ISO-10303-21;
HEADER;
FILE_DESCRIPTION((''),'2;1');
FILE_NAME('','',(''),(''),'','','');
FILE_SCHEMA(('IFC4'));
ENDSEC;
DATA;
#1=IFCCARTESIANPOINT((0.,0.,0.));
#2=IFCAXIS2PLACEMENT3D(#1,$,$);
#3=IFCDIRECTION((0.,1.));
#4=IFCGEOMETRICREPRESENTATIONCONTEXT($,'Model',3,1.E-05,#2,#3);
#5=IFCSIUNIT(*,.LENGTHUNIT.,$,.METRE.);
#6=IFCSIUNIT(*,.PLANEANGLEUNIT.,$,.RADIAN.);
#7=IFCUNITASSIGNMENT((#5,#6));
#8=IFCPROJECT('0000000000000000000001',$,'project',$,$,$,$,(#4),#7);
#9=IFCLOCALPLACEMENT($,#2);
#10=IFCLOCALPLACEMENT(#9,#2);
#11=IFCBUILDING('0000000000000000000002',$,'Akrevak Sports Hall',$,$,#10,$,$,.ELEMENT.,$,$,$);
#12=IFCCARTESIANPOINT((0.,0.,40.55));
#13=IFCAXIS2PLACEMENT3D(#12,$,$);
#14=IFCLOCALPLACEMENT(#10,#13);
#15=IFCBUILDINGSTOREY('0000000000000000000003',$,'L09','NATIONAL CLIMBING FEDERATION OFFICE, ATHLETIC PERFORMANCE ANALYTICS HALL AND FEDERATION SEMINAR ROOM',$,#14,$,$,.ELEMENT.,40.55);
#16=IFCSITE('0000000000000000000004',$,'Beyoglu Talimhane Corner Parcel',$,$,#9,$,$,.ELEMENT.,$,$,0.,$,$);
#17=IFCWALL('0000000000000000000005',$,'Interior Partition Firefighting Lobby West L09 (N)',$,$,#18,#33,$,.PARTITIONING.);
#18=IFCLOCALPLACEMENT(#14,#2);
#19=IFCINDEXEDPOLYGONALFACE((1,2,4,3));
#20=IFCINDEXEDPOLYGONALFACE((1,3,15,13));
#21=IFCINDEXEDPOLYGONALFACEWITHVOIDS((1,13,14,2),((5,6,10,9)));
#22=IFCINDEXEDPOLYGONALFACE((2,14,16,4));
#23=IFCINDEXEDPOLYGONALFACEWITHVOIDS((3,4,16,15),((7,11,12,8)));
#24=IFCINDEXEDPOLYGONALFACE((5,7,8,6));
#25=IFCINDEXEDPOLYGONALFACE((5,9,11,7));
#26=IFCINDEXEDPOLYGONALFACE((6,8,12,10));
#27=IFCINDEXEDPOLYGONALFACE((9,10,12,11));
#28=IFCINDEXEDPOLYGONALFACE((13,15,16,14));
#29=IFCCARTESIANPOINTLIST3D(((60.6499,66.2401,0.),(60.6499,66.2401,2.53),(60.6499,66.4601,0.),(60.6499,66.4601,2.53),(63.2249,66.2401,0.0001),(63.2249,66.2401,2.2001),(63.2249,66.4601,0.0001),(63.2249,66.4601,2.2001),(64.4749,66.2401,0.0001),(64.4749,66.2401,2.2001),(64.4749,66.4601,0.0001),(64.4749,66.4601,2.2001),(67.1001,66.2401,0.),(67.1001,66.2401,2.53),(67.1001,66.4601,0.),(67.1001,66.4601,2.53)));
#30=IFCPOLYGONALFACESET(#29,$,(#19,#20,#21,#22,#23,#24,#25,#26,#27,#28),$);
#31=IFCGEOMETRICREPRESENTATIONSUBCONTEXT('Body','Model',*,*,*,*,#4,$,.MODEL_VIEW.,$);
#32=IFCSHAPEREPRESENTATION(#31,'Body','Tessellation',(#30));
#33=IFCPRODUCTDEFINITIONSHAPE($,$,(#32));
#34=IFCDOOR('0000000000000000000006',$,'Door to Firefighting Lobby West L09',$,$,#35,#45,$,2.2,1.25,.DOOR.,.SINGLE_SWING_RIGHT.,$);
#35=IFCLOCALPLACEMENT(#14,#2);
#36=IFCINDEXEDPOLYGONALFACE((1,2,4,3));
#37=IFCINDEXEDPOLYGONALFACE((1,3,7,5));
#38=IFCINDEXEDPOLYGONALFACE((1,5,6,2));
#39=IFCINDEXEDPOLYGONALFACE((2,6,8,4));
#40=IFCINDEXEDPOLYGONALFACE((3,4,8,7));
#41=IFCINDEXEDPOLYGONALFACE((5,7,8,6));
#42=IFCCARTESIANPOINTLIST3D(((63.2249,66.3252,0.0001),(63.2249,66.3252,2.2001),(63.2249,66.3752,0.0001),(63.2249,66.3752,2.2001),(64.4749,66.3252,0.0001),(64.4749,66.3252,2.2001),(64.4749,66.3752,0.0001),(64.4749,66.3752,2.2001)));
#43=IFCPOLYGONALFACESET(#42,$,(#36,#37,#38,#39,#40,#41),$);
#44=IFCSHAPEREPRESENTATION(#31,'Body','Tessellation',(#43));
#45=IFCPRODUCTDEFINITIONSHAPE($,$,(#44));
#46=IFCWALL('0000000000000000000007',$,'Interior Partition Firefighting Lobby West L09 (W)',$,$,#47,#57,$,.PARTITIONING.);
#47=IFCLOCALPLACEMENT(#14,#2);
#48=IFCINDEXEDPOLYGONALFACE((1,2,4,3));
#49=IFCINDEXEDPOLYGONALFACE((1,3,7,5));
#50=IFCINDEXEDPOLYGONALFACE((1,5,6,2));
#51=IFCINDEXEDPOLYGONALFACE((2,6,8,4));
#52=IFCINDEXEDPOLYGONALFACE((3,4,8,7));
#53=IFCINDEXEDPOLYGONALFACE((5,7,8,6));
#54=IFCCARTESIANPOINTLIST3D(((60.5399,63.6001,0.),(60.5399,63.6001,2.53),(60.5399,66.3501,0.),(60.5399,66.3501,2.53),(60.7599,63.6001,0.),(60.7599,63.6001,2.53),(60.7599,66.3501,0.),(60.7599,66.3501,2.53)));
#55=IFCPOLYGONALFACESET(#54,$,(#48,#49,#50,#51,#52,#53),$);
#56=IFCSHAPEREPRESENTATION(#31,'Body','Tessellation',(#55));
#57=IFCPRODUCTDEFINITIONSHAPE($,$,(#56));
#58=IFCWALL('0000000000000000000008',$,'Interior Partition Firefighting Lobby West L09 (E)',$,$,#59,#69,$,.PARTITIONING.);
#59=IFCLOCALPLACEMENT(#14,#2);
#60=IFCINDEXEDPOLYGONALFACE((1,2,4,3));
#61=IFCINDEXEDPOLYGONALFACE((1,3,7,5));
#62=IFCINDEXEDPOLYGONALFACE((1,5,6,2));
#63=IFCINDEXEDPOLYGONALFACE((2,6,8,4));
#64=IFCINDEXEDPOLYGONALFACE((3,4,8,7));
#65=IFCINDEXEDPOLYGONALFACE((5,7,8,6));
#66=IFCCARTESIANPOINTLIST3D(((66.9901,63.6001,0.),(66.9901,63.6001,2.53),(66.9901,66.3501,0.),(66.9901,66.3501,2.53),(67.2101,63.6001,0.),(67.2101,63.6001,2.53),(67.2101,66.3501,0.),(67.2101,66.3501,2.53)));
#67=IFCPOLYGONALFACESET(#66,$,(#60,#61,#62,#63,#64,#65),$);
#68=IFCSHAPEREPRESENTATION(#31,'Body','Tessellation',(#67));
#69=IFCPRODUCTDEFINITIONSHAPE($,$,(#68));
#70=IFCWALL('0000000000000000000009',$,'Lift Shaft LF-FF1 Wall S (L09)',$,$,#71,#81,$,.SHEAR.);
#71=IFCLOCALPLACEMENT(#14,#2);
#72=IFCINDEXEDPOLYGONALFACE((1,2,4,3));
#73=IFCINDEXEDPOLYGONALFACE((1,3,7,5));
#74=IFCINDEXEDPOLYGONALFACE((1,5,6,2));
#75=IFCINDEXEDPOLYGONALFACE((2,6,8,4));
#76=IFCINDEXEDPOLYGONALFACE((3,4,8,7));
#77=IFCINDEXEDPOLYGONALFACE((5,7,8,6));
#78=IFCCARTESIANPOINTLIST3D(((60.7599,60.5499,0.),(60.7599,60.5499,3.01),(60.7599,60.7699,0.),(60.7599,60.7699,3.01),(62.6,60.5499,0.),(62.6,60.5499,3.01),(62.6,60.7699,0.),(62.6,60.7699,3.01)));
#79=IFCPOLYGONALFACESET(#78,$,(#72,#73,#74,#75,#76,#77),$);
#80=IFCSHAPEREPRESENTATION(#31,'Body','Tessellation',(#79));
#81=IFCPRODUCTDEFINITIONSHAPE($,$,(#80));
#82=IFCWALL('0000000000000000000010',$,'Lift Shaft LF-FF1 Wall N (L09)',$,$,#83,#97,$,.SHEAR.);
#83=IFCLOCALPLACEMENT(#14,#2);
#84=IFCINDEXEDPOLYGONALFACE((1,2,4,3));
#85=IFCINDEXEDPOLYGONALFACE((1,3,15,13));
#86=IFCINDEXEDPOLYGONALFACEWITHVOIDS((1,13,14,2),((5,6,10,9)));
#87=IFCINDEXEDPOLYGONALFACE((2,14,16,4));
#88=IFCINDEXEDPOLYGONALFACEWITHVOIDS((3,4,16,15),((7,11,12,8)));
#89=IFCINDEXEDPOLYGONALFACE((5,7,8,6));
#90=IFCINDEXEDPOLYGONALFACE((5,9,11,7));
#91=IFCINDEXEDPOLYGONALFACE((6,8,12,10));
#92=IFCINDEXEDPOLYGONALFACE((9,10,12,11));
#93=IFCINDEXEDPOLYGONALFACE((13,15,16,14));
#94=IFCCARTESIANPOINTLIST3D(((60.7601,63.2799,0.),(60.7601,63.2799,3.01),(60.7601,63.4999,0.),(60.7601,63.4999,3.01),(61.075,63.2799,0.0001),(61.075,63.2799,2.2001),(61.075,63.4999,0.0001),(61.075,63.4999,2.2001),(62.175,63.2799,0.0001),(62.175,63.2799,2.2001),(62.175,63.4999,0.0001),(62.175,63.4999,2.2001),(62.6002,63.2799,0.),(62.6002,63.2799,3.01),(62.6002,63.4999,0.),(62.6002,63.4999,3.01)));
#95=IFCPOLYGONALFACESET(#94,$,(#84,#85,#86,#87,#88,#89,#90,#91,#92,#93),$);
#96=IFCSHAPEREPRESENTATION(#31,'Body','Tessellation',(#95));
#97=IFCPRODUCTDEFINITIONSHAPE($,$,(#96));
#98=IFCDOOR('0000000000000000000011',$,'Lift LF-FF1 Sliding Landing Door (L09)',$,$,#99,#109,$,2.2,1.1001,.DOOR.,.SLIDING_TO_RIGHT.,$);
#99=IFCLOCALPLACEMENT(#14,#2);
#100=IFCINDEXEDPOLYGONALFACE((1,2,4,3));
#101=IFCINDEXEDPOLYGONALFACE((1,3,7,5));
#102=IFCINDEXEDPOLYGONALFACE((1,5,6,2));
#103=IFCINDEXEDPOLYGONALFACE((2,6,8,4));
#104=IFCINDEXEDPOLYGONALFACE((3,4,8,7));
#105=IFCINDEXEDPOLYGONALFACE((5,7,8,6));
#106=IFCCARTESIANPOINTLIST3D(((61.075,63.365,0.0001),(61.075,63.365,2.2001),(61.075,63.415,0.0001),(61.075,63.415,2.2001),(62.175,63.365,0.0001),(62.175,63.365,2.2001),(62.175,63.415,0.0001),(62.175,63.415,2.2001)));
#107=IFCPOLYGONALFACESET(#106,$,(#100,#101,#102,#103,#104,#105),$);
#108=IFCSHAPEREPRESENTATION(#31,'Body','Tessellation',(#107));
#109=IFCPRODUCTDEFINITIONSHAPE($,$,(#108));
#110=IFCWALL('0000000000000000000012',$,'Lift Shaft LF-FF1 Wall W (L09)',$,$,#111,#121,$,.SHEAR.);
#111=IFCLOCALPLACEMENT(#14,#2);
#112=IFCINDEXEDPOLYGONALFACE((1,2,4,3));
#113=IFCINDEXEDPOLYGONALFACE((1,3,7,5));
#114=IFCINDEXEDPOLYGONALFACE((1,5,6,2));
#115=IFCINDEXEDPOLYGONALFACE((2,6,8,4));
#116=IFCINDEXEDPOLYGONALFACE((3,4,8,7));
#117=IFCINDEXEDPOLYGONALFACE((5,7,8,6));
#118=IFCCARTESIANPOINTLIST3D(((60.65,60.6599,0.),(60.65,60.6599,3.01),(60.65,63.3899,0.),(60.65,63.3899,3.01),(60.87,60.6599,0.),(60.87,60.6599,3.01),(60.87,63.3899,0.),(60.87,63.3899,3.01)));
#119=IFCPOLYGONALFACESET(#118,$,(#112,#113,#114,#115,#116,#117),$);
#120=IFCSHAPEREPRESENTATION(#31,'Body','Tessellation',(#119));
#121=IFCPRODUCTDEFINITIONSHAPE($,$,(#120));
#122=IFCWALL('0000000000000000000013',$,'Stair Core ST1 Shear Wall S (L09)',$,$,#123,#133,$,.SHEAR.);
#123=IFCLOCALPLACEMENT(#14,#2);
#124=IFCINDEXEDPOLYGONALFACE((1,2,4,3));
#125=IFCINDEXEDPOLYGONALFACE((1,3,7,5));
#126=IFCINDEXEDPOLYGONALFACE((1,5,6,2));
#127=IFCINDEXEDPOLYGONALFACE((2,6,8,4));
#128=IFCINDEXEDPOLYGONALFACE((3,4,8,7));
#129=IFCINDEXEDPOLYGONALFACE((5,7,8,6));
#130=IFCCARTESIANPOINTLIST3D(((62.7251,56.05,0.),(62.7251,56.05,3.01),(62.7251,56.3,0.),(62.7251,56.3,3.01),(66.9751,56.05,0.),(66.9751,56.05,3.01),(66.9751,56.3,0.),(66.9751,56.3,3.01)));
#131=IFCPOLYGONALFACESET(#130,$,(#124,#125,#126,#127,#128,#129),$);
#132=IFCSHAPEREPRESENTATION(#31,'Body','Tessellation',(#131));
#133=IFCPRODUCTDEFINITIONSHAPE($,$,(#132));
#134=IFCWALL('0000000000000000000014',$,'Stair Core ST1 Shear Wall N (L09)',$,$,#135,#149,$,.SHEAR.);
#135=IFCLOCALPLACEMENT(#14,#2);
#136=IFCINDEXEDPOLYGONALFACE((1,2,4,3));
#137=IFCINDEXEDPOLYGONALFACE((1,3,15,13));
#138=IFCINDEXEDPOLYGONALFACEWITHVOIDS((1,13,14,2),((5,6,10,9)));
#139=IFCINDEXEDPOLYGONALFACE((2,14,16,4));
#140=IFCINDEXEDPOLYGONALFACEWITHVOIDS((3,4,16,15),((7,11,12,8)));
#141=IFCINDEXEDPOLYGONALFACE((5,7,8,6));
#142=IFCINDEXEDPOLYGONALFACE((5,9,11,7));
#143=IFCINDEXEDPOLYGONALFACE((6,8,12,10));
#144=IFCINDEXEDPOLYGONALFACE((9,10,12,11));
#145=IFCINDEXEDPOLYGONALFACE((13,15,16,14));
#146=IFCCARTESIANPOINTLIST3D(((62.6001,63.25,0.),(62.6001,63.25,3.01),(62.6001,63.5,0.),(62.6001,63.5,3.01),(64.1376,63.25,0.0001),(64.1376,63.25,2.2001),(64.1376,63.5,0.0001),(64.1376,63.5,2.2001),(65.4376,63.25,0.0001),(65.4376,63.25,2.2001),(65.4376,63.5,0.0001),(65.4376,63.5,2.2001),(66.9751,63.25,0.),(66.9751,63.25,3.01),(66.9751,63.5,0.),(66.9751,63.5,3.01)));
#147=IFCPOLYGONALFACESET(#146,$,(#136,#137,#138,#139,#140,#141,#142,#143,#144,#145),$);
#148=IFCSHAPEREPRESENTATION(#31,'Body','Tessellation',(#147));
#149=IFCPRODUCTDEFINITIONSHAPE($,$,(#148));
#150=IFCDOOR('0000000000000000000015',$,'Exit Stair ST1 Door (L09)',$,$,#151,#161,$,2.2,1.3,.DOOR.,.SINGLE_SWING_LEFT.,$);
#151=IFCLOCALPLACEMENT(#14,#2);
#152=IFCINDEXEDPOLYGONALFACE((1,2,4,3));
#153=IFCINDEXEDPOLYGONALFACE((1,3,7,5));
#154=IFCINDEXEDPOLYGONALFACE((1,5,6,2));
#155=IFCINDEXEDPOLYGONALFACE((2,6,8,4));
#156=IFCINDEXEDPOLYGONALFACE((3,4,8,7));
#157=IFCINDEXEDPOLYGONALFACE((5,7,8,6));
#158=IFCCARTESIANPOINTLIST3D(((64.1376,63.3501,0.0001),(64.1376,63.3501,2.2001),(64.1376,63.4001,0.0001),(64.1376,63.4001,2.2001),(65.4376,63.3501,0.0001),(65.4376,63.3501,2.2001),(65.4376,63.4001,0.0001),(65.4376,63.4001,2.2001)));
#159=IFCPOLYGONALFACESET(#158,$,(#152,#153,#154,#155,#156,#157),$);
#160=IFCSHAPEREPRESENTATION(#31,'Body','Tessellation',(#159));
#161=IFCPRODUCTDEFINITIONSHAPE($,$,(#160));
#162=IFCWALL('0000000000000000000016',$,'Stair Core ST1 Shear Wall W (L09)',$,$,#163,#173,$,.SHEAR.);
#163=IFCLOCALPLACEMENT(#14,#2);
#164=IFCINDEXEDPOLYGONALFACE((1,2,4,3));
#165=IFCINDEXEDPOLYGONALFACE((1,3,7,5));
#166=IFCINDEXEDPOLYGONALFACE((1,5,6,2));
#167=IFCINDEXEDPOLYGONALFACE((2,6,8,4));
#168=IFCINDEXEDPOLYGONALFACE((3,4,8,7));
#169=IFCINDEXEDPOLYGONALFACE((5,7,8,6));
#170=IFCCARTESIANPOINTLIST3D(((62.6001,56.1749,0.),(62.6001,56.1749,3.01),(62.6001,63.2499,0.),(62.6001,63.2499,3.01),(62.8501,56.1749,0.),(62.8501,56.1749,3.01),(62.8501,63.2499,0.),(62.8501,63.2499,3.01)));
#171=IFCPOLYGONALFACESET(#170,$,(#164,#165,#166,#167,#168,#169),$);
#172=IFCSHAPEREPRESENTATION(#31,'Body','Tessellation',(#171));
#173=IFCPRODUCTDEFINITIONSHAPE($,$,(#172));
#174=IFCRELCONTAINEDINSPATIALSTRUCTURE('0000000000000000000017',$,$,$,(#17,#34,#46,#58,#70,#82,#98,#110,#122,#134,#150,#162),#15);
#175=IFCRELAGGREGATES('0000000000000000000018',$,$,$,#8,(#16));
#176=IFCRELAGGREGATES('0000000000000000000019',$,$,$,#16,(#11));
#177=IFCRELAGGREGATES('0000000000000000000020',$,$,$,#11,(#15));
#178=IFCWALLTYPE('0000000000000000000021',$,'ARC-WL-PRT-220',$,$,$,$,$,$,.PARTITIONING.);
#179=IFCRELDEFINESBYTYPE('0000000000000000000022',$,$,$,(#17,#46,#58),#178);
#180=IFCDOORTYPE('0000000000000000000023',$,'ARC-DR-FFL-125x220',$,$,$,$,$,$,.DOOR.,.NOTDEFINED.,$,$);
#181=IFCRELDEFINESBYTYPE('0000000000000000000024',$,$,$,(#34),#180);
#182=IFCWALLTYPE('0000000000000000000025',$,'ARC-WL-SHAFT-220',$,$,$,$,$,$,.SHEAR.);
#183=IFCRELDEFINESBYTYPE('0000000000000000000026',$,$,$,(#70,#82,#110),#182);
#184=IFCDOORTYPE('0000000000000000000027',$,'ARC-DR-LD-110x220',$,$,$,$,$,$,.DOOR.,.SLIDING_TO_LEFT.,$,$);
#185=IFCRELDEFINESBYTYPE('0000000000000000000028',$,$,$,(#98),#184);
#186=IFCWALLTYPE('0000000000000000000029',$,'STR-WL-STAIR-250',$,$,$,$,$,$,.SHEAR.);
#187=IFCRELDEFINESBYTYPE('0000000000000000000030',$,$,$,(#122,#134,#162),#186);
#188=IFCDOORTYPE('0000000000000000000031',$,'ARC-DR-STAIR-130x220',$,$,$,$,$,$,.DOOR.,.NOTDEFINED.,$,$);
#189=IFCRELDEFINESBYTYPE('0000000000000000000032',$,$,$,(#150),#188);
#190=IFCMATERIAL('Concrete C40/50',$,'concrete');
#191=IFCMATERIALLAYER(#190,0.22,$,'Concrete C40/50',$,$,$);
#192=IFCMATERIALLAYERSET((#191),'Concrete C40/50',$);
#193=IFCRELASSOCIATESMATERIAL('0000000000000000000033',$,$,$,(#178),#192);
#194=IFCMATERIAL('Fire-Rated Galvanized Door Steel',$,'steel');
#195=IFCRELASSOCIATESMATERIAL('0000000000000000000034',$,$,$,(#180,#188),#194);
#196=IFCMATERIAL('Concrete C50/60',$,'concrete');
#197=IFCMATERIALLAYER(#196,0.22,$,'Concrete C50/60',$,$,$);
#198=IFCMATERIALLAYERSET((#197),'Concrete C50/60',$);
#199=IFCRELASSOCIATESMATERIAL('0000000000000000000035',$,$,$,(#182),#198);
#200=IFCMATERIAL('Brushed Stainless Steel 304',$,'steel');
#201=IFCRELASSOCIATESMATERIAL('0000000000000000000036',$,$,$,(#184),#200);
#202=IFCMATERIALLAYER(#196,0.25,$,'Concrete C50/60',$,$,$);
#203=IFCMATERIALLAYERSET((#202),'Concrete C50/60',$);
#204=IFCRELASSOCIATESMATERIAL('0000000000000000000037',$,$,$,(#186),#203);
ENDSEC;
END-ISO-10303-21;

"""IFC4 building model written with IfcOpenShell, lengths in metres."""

from ifc_helpers import new_model, si_unit, direction, frame, frame_2d, origin, place, context, subcontext, project, spatial, rectangle, extrude, material, layer, layer_set, type_object, element, fill, save


model = new_model("IFC4")

# Units and contexts
model_context = context("Model", 3, precision=1e-05, world=origin(), true_north=direction((0.0, 1.0)))
body_context = subcontext(model_context, "Body", "Model", "MODEL_VIEW")
ifc_project = project(units=[si_unit("LENGTHUNIT", "METRE"), si_unit("PLANEANGLEUNIT", "RADIAN")], contexts=[model_context])

# Site, building, storey
site_placement = place(None, origin())
site = spatial("IfcSite", under=ifc_project, at=site_placement, Name="Beyoglu Talimhane Corner Parcel", CompositionType="ELEMENT", RefElevation=0.0)
building_placement = place(site_placement, origin())
building = spatial("IfcBuilding", under=site, at=building_placement, Name="Akrevak Sports Hall", CompositionType="ELEMENT")
storey_placement = place(building_placement, frame((0.0, 0.0, 40.55)))
storey = spatial("IfcBuildingStorey", under=building, at=storey_placement, Name="L09", Description="NATIONAL CLIMBING FEDERATION OFFICE, ATHLETIC PERFORMANCE ANALYTICS HALL AND FEDERATION SEMINAR ROOM", CompositionType="ELEMENT", Elevation=40.55)

# Shared definitions
ifc_material_1 = material(Name="Concrete C40/50", Category="concrete")

# Shared definitions
ifc_layer_1 = layer(ifc_material_1, 0.22, Name="Concrete C40/50")
ifc_layer_set_1 = layer_set([ifc_layer_1], Name="Concrete C40/50")
wall_type_1 = type_object("IfcWallType", Name="ARC-WL-PRT-220", PredefinedType="PARTITIONING", material=ifc_layer_set_1)

# Wall, opening, door
wall_1_placement = place(storey_placement, frame((60.6499, 66.3501, 0.0), z_axis=(0.0, 0.0, 1.0), x_axis=(1.0, 0.0, 0.0)))
wall_1 = element("IfcWall", 1, at=wall_1_placement, inside=storey, type_object=wall_type_1, Name="Interior Partition Firefighting Lobby West L09 (N)", PredefinedType="PARTITIONING", context=body_context, shape_type="SweptSolid", body=[
    extrude(rectangle(XDim=6.4502, YDim=0.22, at=frame_2d((3.2251, 0.0))), origin(), (0.0, 0.0, 1.0), 2.53),
])
opening_1_placement = place(wall_1_placement, frame((2.575, 0.0, 0.0)))
opening_1 = element("IfcOpeningElement", 2, at=opening_1_placement, cuts=wall_1, PredefinedType="OPENING", context=body_context, shape_type="SweptSolid", body=[
    extrude(rectangle(XDim=1.25, YDim=2.2, at=frame_2d((0.625, 1.1001))), frame((0.0, 0.1221, 0.0), z_axis=(0.0, -1.0, 0.0), x_axis=(1.0, 0.0, 0.0)), (0.0, 0.0, 1.0), 0.2439),
])
ifc_material_2 = material(Name="Fire-Rated Galvanized Door Steel", Category="steel")
door_type_1 = type_object("IfcDoorType", Name="ARC-DR-FFL-125x220", OperationType="NOTDEFINED", PredefinedType="DOOR", material=ifc_material_2)
door_1_placement = place(opening_1_placement, frame((1.25, 0.0, 0.0), z_axis=(0.0, 0.0, 1.0), x_axis=(-1.0, 0.0, 0.0)))
door_1 = element("IfcDoor", 3, at=door_1_placement, inside=storey, type_object=door_type_1, Name="Door to Firefighting Lobby West L09", OperationType="SINGLE_SWING_RIGHT", OverallHeight=2.2, OverallWidth=1.25, PredefinedType="DOOR", context=body_context, shape_type="SweptSolid", body=[
    extrude(rectangle(XDim=1.25, YDim=2.2, at=frame_2d((0.625, 1.1001))), frame((0.0, 0.0249, 0.0), z_axis=(0.0, -1.0, 0.0), x_axis=(1.0, 0.0, 0.0)), (0.0, 0.0, 1.0), 0.05),
])
fill(opening_1, door_1)

# Walls
for number, where, z_axis, x_axis, name in (
    (4, (60.6499, 63.6001, 0.0), (0.0, 0.0, 1.0), (0.0, 1.0, 0.0), "Interior Partition Firefighting Lobby West L09 (W)"),
    (5, (67.1001, 63.6001, 0.0), (0.0, 0.0, 1.0), (0.0, 1.0, 0.0), "Interior Partition Firefighting Lobby West L09 (E)"),
):
    element("IfcWall", number, at=place(storey_placement, frame(where, z_axis=z_axis, x_axis=x_axis)), inside=storey, type_object=wall_type_1, Name=name, PredefinedType="PARTITIONING", context=body_context, shape_type="SweptSolid", body=[
        extrude(rectangle(XDim=2.75, YDim=0.22, at=frame_2d((1.375, 0.0))), origin(), (0.0, 0.0, 1.0), 2.53),
    ])
ifc_material_3 = material(Name="Concrete C50/60", Category="concrete")
ifc_layer_2 = layer(ifc_material_3, 0.22, Name="Concrete C50/60")
ifc_layer_set_2 = layer_set([ifc_layer_2], Name="Concrete C50/60")
wall_type_2 = type_object("IfcWallType", Name="ARC-WL-SHAFT-220", PredefinedType="SHEAR", material=ifc_layer_set_2)
wall_2_placement = place(storey_placement, frame((60.76, 60.6599, 0.0), z_axis=(0.0, 0.0, 1.0), x_axis=(1.0, 0.0, 0.0)))
element("IfcWall", 6, at=wall_2_placement, inside=storey, type_object=wall_type_2, Name="Lift Shaft LF-FF1 Wall S (L09)", PredefinedType="SHEAR", context=body_context, shape_type="SweptSolid", body=[
    extrude(rectangle(XDim=1.8401, YDim=0.22, at=frame_2d((0.9199, 0.0))), origin(), (0.0, 0.0, 1.0), 3.01),
])

# Wall, opening, door
wall_3_placement = place(storey_placement, frame((62.6001, 63.3899, 0.0), z_axis=(0.0, 0.0, 1.0), x_axis=(-1.0, 0.0, 0.0)))
wall_3 = element("IfcWall", 7, at=wall_3_placement, inside=storey, type_object=wall_type_2, Name="Lift Shaft LF-FF1 Wall N (L09)", PredefinedType="SHEAR", context=body_context, shape_type="SweptSolid", body=[
    extrude(rectangle(XDim=1.8401, YDim=0.22, at=frame_2d((0.9199, 0.0))), origin(), (0.0, 0.0, 1.0), 3.01),
])
opening_2_placement = place(wall_3_placement, frame((0.425, 0.0, 0.0)))
opening_2 = element("IfcOpeningElement", 8, at=opening_2_placement, cuts=wall_3, PredefinedType="OPENING", context=body_context, shape_type="SweptSolid", body=[
    extrude(rectangle(XDim=1.1001, YDim=2.2, at=frame_2d((0.55, 1.1001))), frame((0.0, 0.1221, 0.0), z_axis=(0.0, -1.0, 0.0), x_axis=(1.0, 0.0, 0.0)), (0.0, 0.0, 1.0), 0.2439),
])
ifc_material_4 = material(Name="Brushed Stainless Steel 304", Category="steel")
door_type_2 = type_object("IfcDoorType", Name="ARC-DR-LD-110x220", OperationType="SLIDING_TO_LEFT", PredefinedType="DOOR", material=ifc_material_4)
door_2_placement = place(opening_2_placement, origin())
door_2 = element("IfcDoor", 9, at=door_2_placement, inside=storey, type_object=door_type_2, Name="Lift LF-FF1 Sliding Landing Door (L09)", OperationType="SLIDING_TO_RIGHT", OverallHeight=2.2, OverallWidth=1.1001, PredefinedType="DOOR", context=body_context, shape_type="SweptSolid", body=[
    extrude(rectangle(XDim=1.1001, YDim=2.2, at=frame_2d((0.55, 1.1001))), frame((0.0, 0.0249, 0.0), z_axis=(0.0, -1.0, 0.0), x_axis=(1.0, 0.0, 0.0)), (0.0, 0.0, 1.0), 0.05),
])
fill(opening_2, door_2)

# Walls
wall_4_placement = place(storey_placement, frame((60.76, 63.3899, 0.0), z_axis=(0.0, 0.0, 1.0), x_axis=(0.0, -1.0, 0.0)))
element("IfcWall", 10, at=wall_4_placement, inside=storey, type_object=wall_type_2, Name="Lift Shaft LF-FF1 Wall W (L09)", PredefinedType="SHEAR", context=body_context, shape_type="SweptSolid", body=[
    extrude(rectangle(XDim=2.73, YDim=0.22, at=frame_2d((1.365, 0.0))), origin(), (0.0, 0.0, 1.0), 3.01),
])
ifc_layer_3 = layer(ifc_material_3, 0.25, Name="Concrete C50/60")
ifc_layer_set_3 = layer_set([ifc_layer_3], Name="Concrete C50/60")
wall_type_3 = type_object("IfcWallType", Name="STR-WL-STAIR-250", PredefinedType="SHEAR", material=ifc_layer_set_3)
wall_5_placement = place(storey_placement, frame((62.7251, 56.175, 0.0), z_axis=(0.0, 0.0, 1.0), x_axis=(1.0, 0.0, 0.0)))
element("IfcWall", 11, at=wall_5_placement, inside=storey, type_object=wall_type_3, Name="Stair Core ST1 Shear Wall S (L09)", PredefinedType="SHEAR", context=body_context, shape_type="SweptSolid", body=[
    extrude(rectangle(XDim=4.25, YDim=0.25, at=frame_2d((2.125, 0.0))), origin(), (0.0, 0.0, 1.0), 3.01),
])

# Wall, opening, door
wall_6_placement = place(storey_placement, frame((66.9751, 63.375, 0.0), z_axis=(0.0, 0.0, 1.0), x_axis=(-1.0, 0.0, 0.0)))
wall_6 = element("IfcWall", 12, at=wall_6_placement, inside=storey, type_object=wall_type_3, Name="Stair Core ST1 Shear Wall N (L09)", PredefinedType="SHEAR", context=body_context, shape_type="SweptSolid", body=[
    extrude(rectangle(XDim=4.375, YDim=0.25, at=frame_2d((2.1875, 0.0))), origin(), (0.0, 0.0, 1.0), 3.01),
])
opening_3_placement = place(wall_6_placement, frame((1.5376, 0.0, 0.0)))
opening_3 = element("IfcOpeningElement", 13, at=opening_3_placement, cuts=wall_6, PredefinedType="OPENING", context=body_context, shape_type="SweptSolid", body=[
    extrude(rectangle(XDim=1.3, YDim=2.2, at=frame_2d((0.6499, 1.1001))), frame((0.0, 0.137, 0.0), z_axis=(0.0, -1.0, 0.0), x_axis=(1.0, 0.0, 0.0)), (0.0, 0.0, 1.0), 0.2739),
])
door_type_3 = type_object("IfcDoorType", Name="ARC-DR-STAIR-130x220", OperationType="NOTDEFINED", PredefinedType="DOOR", material=ifc_material_2)
door_3_placement = place(opening_3_placement, origin())
door_3 = element("IfcDoor", 14, at=door_3_placement, inside=storey, type_object=door_type_3, Name="Exit Stair ST1 Door (L09)", OperationType="SINGLE_SWING_LEFT", OverallHeight=2.2, OverallWidth=1.3, PredefinedType="DOOR", context=body_context, shape_type="SweptSolid", body=[
    extrude(rectangle(XDim=1.3, YDim=2.2, at=frame_2d((0.6499, 1.1001))), frame((0.0, 0.0249, 0.0), z_axis=(0.0, -1.0, 0.0), x_axis=(1.0, 0.0, 0.0)), (0.0, 0.0, 1.0), 0.05),
])
fill(opening_3, door_3)

# Wall
wall_7_placement = place(storey_placement, frame((62.7251, 63.25, 0.0), z_axis=(0.0, 0.0, 1.0), x_axis=(0.0, -1.0, 0.0)))
element("IfcWall", 15, at=wall_7_placement, inside=storey, type_object=wall_type_3, Name="Stair Core ST1 Shear Wall W (L09)", PredefinedType="SHEAR", context=body_context, shape_type="SweptSolid", body=[
    extrude(rectangle(XDim=7.075, YDim=0.25, at=frame_2d((3.5376, 0.0))), origin(), (0.0, 0.0, 1.0), 3.01),
])

save(model, "model.ifc")
